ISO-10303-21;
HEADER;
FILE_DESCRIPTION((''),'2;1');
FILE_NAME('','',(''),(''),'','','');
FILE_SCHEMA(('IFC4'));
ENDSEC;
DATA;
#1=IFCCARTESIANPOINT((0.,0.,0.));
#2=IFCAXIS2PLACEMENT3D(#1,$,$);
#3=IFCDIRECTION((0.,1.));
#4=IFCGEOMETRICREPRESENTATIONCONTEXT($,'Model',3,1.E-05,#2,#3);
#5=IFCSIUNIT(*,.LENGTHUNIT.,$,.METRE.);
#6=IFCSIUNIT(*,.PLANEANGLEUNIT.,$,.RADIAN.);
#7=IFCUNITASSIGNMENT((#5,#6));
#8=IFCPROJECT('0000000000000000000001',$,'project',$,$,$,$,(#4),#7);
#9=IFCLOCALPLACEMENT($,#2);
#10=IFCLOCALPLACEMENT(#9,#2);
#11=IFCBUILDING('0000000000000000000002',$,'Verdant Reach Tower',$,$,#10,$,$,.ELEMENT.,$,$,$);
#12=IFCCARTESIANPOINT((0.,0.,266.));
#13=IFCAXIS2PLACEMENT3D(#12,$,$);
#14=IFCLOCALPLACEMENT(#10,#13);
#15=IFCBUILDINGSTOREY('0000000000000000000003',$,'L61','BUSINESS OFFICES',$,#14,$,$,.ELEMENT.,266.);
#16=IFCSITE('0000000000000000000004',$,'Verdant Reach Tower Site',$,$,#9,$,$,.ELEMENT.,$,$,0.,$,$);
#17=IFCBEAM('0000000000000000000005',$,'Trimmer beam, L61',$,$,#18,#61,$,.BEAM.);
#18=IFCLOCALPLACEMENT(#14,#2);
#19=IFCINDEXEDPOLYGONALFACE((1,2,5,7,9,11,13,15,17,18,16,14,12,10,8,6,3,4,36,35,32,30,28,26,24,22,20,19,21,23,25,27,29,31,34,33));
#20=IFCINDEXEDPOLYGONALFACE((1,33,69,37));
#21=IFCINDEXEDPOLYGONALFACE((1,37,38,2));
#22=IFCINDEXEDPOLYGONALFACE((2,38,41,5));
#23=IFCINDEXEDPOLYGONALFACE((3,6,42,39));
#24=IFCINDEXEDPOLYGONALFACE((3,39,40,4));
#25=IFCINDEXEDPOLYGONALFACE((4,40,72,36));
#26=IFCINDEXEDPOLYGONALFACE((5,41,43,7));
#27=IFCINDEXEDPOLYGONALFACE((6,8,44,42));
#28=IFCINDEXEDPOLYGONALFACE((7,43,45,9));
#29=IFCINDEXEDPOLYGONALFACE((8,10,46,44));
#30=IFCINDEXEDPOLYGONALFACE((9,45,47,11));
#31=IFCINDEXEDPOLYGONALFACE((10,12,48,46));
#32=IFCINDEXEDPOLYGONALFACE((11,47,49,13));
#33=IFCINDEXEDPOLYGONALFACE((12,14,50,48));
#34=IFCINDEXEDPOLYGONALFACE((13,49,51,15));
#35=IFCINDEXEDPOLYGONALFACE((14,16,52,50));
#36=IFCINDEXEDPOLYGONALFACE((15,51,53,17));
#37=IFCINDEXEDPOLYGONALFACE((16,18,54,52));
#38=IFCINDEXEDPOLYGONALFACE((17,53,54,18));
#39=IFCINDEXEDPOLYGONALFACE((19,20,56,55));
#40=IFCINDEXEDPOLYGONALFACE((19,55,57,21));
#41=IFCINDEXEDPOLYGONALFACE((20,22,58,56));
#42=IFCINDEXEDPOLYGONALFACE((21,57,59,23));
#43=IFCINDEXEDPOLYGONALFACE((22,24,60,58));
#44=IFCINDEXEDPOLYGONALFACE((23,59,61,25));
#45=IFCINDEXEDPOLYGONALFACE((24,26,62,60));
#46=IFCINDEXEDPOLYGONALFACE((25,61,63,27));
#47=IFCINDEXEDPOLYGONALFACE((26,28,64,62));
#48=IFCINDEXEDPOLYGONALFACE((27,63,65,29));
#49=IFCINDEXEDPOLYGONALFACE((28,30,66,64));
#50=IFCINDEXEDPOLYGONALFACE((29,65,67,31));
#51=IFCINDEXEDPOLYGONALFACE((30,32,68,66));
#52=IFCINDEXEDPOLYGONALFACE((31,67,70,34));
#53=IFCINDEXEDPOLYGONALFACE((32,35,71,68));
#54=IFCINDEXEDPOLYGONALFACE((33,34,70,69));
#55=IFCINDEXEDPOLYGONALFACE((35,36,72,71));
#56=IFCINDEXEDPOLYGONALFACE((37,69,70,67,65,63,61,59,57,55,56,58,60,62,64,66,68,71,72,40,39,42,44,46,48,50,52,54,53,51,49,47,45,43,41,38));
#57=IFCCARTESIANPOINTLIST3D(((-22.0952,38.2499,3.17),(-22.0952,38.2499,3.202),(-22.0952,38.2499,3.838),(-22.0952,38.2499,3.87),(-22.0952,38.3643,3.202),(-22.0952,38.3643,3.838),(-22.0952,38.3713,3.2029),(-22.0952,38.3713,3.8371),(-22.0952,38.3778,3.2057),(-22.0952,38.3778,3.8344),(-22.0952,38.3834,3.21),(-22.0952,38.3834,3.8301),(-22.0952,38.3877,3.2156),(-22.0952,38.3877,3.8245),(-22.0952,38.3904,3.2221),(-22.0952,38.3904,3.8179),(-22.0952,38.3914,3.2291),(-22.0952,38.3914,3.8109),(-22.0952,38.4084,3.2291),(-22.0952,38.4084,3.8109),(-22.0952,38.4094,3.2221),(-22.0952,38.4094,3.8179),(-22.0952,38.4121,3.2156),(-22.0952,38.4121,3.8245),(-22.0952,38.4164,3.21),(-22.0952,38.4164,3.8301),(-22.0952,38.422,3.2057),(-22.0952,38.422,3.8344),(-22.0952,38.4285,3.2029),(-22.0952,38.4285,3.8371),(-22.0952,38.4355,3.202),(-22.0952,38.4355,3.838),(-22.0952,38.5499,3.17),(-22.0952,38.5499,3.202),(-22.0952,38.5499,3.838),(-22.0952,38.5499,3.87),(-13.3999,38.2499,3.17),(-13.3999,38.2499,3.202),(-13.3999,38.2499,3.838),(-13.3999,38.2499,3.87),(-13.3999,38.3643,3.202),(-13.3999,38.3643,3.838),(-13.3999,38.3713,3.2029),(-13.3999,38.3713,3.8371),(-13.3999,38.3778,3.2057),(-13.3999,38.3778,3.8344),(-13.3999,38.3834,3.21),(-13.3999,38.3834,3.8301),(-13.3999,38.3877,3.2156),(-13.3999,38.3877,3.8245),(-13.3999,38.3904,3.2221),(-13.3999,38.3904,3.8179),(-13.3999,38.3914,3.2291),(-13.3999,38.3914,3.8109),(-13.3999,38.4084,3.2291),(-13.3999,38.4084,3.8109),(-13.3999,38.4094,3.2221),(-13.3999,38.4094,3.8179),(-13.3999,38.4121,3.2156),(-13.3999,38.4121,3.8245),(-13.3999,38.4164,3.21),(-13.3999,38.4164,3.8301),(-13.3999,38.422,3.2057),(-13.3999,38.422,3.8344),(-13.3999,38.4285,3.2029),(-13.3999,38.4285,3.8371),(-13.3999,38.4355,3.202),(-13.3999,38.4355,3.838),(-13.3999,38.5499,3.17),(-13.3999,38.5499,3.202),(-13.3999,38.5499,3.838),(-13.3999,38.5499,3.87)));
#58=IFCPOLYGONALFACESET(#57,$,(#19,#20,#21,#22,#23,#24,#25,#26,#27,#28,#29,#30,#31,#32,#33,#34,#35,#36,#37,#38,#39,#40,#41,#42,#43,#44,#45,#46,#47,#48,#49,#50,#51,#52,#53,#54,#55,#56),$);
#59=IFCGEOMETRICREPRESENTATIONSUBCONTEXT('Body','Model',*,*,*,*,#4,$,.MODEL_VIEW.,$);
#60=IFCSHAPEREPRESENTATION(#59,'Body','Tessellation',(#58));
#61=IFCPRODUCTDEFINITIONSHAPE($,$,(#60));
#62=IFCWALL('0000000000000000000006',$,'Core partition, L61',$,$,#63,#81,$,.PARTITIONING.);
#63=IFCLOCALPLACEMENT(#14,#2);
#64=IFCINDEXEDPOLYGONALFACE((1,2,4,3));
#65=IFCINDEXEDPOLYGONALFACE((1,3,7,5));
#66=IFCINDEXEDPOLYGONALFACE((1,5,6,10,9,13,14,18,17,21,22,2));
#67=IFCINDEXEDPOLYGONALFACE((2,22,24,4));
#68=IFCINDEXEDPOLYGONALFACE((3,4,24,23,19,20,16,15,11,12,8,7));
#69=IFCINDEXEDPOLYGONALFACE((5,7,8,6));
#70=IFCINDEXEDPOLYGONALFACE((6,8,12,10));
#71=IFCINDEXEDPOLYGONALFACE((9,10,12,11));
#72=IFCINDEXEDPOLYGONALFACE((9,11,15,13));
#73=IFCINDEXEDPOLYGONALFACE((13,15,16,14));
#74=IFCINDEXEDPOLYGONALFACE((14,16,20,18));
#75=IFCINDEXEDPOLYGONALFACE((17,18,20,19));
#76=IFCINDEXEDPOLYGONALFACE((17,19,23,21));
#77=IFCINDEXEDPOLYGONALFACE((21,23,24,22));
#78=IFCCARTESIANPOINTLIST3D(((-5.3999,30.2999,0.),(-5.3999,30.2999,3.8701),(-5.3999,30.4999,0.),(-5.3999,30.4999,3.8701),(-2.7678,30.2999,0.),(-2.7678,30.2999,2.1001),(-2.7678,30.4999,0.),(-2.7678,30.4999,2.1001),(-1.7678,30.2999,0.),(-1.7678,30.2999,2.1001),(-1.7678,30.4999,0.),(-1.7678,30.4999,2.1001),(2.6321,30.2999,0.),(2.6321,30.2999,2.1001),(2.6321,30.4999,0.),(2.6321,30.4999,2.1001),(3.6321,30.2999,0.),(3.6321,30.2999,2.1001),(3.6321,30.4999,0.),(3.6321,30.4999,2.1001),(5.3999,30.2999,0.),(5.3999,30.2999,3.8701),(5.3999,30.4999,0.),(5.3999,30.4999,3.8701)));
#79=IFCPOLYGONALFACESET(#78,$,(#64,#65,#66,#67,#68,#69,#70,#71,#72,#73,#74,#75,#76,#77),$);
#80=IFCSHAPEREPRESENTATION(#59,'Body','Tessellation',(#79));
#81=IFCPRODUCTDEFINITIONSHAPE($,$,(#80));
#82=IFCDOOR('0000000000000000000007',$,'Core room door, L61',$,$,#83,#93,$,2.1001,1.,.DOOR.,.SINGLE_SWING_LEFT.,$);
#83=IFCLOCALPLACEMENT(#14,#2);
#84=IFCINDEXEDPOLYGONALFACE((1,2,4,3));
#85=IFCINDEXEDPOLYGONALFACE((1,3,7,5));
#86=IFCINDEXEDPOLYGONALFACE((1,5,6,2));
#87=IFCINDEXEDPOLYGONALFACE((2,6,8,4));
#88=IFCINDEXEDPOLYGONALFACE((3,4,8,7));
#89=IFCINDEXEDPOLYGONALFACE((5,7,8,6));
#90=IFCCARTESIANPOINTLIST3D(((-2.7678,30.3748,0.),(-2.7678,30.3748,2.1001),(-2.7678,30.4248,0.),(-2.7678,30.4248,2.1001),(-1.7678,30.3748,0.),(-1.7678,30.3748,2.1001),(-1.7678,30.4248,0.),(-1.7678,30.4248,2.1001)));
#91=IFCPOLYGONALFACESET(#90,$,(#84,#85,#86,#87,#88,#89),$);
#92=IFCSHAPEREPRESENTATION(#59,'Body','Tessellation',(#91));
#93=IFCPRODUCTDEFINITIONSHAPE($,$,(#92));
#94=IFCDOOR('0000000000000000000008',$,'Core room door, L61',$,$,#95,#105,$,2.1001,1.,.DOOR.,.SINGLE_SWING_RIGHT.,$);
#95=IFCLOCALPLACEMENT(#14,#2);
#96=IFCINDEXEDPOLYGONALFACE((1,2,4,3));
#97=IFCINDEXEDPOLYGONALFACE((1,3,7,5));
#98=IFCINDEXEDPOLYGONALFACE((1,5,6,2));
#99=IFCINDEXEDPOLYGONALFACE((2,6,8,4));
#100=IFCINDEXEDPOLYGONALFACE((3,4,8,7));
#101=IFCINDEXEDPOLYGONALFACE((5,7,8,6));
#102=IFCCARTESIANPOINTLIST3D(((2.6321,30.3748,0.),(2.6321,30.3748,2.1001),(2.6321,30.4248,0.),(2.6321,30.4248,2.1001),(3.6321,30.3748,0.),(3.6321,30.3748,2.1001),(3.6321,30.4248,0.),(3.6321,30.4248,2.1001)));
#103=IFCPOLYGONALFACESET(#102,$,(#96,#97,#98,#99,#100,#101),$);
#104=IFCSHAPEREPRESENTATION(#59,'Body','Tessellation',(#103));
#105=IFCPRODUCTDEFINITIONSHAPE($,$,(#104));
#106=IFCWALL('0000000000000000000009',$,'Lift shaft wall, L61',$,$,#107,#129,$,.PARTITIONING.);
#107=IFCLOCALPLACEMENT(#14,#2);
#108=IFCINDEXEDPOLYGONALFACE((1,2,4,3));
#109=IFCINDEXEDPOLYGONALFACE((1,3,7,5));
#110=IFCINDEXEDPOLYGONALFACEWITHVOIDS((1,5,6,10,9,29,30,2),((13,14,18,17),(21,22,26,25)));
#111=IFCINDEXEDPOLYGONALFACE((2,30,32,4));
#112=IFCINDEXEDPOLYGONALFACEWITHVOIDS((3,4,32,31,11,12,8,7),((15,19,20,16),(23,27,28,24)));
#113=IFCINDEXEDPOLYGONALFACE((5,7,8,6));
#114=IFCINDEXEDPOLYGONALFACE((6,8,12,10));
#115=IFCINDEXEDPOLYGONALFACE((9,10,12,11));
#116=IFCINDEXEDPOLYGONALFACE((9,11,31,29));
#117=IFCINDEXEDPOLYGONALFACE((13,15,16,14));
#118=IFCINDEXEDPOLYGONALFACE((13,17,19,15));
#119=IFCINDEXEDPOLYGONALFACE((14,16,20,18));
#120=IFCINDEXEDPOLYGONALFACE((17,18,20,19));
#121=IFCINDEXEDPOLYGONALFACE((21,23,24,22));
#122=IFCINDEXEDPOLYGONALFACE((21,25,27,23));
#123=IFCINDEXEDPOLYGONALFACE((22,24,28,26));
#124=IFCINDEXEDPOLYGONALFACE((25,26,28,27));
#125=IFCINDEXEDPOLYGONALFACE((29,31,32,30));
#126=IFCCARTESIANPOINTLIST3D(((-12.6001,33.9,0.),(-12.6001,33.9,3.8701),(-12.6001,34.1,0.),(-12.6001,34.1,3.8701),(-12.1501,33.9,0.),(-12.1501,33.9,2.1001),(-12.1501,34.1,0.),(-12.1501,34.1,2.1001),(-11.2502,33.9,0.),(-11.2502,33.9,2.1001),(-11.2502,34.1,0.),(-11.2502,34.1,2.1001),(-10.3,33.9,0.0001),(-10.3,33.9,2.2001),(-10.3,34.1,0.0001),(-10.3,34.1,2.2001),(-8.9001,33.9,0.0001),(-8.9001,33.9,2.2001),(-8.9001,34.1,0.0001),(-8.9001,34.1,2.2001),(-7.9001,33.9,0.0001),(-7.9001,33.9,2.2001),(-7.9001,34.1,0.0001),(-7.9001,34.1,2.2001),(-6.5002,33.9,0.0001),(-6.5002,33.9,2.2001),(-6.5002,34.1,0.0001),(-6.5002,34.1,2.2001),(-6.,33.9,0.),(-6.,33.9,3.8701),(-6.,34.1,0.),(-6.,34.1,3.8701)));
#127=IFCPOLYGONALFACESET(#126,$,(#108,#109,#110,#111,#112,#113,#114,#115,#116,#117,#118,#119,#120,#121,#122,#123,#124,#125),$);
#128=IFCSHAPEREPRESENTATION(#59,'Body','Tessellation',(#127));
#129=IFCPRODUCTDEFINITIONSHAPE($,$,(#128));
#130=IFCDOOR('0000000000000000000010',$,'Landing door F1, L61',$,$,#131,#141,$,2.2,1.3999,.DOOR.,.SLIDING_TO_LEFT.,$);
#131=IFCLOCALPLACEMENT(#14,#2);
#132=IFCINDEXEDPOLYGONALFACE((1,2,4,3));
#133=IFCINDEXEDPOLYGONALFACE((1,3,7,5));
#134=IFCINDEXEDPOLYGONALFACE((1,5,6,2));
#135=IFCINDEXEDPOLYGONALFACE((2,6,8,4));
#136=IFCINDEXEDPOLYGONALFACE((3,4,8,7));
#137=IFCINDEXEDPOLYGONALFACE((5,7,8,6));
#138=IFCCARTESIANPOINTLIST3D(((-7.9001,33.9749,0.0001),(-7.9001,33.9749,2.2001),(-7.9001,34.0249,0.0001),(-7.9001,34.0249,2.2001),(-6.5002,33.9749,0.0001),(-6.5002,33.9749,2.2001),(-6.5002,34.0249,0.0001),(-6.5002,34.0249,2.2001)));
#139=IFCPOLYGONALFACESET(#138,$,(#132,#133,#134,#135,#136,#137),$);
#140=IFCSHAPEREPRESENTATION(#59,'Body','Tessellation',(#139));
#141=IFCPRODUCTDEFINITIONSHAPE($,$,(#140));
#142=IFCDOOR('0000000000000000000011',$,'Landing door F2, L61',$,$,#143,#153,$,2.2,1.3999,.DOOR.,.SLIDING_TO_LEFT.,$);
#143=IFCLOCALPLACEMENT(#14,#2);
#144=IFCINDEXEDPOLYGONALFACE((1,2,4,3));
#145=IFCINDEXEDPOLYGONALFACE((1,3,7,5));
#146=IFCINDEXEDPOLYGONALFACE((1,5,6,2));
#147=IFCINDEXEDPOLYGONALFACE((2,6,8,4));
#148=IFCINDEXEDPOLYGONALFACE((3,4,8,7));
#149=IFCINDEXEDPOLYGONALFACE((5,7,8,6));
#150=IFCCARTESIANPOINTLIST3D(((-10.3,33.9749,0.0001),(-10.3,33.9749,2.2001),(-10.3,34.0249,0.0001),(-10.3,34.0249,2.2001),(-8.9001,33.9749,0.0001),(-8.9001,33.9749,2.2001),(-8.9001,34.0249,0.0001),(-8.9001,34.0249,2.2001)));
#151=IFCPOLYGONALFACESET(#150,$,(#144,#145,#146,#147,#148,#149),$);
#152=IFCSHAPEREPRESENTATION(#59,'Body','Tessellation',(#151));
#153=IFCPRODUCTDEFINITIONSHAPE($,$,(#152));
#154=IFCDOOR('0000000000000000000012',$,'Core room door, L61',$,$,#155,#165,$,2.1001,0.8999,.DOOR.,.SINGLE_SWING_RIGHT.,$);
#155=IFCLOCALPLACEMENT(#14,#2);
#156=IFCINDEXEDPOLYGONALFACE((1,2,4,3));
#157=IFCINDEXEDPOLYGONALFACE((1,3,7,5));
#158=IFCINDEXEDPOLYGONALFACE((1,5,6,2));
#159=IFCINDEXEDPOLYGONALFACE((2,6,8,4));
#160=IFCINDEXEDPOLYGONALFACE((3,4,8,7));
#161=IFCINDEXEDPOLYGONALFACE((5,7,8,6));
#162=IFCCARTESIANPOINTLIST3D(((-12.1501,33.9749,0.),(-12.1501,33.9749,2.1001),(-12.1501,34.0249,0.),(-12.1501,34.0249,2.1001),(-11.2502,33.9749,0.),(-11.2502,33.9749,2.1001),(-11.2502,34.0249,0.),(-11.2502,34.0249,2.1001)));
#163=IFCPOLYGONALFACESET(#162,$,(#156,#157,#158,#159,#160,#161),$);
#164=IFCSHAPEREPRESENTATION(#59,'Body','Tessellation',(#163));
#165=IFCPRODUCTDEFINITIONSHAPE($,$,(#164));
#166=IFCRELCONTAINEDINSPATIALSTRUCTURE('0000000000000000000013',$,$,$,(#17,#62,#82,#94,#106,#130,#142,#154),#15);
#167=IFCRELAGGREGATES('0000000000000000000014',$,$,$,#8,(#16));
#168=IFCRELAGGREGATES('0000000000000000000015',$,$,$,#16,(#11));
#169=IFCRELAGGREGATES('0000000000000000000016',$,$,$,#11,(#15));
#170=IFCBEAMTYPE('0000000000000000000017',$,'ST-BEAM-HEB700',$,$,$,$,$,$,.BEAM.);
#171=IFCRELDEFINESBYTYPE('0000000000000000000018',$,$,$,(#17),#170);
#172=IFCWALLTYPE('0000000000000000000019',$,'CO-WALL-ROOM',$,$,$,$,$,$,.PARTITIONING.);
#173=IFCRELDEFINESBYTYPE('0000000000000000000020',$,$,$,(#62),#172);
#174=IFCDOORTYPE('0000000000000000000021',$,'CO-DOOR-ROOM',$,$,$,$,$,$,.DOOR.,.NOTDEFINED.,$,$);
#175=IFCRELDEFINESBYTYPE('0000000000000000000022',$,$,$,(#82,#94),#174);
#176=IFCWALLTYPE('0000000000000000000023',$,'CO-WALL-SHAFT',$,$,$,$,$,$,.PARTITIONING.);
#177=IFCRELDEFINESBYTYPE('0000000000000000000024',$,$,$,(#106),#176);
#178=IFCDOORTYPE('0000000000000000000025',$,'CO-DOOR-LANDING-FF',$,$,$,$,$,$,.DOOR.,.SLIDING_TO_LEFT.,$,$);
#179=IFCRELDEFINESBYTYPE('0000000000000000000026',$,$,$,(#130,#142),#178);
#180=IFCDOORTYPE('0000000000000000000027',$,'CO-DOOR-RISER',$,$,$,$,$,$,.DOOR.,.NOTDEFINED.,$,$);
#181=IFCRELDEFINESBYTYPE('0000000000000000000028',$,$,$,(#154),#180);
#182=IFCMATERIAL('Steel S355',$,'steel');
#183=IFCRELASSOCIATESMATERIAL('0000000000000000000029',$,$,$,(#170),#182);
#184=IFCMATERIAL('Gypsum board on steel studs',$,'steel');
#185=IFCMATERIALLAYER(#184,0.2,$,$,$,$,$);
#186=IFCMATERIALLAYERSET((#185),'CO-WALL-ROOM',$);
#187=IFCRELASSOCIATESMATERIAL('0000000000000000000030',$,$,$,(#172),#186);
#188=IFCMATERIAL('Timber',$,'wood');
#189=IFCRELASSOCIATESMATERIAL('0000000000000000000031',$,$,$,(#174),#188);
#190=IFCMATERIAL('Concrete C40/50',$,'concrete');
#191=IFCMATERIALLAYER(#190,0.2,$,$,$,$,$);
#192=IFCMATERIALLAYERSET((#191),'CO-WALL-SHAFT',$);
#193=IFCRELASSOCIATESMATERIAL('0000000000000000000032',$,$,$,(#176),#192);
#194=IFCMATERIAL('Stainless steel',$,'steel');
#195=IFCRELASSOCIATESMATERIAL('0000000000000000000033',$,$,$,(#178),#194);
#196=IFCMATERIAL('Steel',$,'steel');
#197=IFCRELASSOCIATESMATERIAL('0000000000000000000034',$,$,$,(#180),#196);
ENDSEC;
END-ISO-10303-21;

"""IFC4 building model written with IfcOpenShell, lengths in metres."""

from ifc_helpers import new_model, si_unit, direction, frame, frame_2d, origin, origin_2d, place, context, subcontext, project, spatial, rectangle, i_section, extrude, material, layer, layer_set, material_profile, profile_set, type_object, element, fill, save


model = new_model("IFC4")

# Units and contexts
model_context = context("Model", 3, precision=1e-05, world=origin(), true_north=direction((0.0, 1.0)))
body_context = subcontext(model_context, "Body", "Model", "MODEL_VIEW")
ifc_project = project(units=[si_unit("LENGTHUNIT", "METRE"), si_unit("PLANEANGLEUNIT", "RADIAN")], contexts=[model_context])

# Site, building, storey
site_placement = place(None, origin())
site = spatial("IfcSite", under=ifc_project, at=site_placement, Name="Verdant Reach Tower Site", CompositionType="ELEMENT", RefElevation=0.0)
building_placement = place(site_placement, origin())
building = spatial("IfcBuilding", under=site, at=building_placement, Name="Verdant Reach Tower", CompositionType="ELEMENT")
storey_placement = place(building_placement, frame((0.0, 0.0, 266.0)))
storey = spatial("IfcBuildingStorey", under=building, at=storey_placement, Name="L61", Description="BUSINESS OFFICES", CompositionType="ELEMENT", Elevation=266.0)

# Beam
ifc_material_1 = material(Name="Steel S355", Category="steel")
ifc_material_profile = material_profile(ifc_material_1, i_section(OverallWidth=0.3, OverallDepth=0.7, WebThickness=0.0171, FlangeThickness=0.032, FilletRadius=0.0271, at=origin_2d()), Name="HEB 700")
ifc_profile_set = profile_set([ifc_material_profile], Name="Steel S355")
beam_type = type_object("IfcBeamType", Name="ST-BEAM-HEB700", PredefinedType="BEAM", material=ifc_profile_set)
beam_placement = place(storey_placement, frame((-13.3999, 38.3999, 3.52), z_axis=(-1.0, 0.0, 0.0), x_axis=(0.0, -1.0, 0.0)))
element("IfcBeam", 1, at=beam_placement, inside=storey, type_object=beam_type, Name="Trimmer beam, L61", PredefinedType="BEAM", context=body_context, shape_type="SweptSolid", body=[
    extrude(i_section(OverallWidth=0.3, OverallDepth=0.7, WebThickness=0.0171, FlangeThickness=0.032, FilletRadius=0.0271, at=origin_2d()), origin(), (0.0, 0.0, 1.0), 8.6953),
])

# Walls, openings, doors
ifc_material_2 = material(Name="Gypsum board on steel studs", Category="steel")
ifc_layer_1 = layer(ifc_material_2, 0.2)
ifc_layer_set_1 = layer_set([ifc_layer_1], Name="CO-WALL-ROOM")
wall_type_1 = type_object("IfcWallType", Name="CO-WALL-ROOM", PredefinedType="PARTITIONING", material=ifc_layer_set_1)
wall_1_placement = place(storey_placement, frame((-5.3999, 30.3999, 0.0), z_axis=(0.0, 0.0, 1.0), x_axis=(1.0, 0.0, 0.0)))
wall_1 = element("IfcWall", 2, at=wall_1_placement, inside=storey, type_object=wall_type_1, Name="Core partition, L61", PredefinedType="PARTITIONING", context=body_context, shape_type="SweptSolid", body=[
    extrude(rectangle(XDim=10.7998, YDim=0.2, at=frame_2d((5.3999, 0.0))), origin(), (0.0, 0.0, 1.0), 3.8701),
])
opening_1_placement = place(wall_1_placement, frame((2.6321, 0.0, 0.0)))
opening_1 = element("IfcOpeningElement", 3, at=opening_1_placement, cuts=wall_1, PredefinedType="OPENING", context=body_context, shape_type="SweptSolid", body=[
    extrude(rectangle(XDim=1.0, YDim=2.1001, at=frame_2d((0.5, 1.05))), frame((0.0, 0.1099, 0.0), z_axis=(0.0, -1.0, 0.0), x_axis=(1.0, 0.0, 0.0)), (0.0, 0.0, 1.0), 0.22),
])
opening_2_placement = place(wall_1_placement, frame((8.032, 0.0, 0.0)))
opening_2 = element("IfcOpeningElement", 4, at=opening_2_placement, cuts=wall_1, PredefinedType="OPENING", context=body_context, shape_type="SweptSolid", body=[
    extrude(rectangle(XDim=1.0, YDim=2.1001, at=frame_2d((0.5, 1.05))), frame((0.0, 0.1099, 0.0), z_axis=(0.0, -1.0, 0.0), x_axis=(1.0, 0.0, 0.0)), (0.0, 0.0, 1.0), 0.22),
])
ifc_material_3 = material(Name="Timber", Category="wood")
door_type_1 = type_object("IfcDoorType", Name="CO-DOOR-ROOM", OperationType="NOTDEFINED", PredefinedType="DOOR", material=ifc_material_3)
door_1_placement = place(opening_1_placement, origin())
door_1 = element("IfcDoor", 5, at=door_1_placement, inside=storey, type_object=door_type_1, Name="Core room door, L61", OperationType="SINGLE_SWING_LEFT", OverallHeight=2.1001, OverallWidth=1.0, PredefinedType="DOOR", context=body_context, shape_type="SweptSolid", body=[
    extrude(rectangle(XDim=1.0, YDim=2.1001, at=frame_2d((0.5, 1.05))), frame((0.0, 0.0249, 0.0), z_axis=(0.0, -1.0, 0.0), x_axis=(1.0, 0.0, 0.0)), (0.0, 0.0, 1.0), 0.05),
])
fill(opening_1, door_1)
door_2_placement = place(opening_2_placement, origin())
door_2 = element("IfcDoor", 6, at=door_2_placement, inside=storey, type_object=door_type_1, Name="Core room door, L61", OperationType="SINGLE_SWING_RIGHT", OverallHeight=2.1001, OverallWidth=1.0, PredefinedType="DOOR", context=body_context, shape_type="SweptSolid", body=[
    extrude(rectangle(XDim=1.0, YDim=2.1001, at=frame_2d((0.5, 1.05))), frame((0.0, 0.0249, 0.0), z_axis=(0.0, -1.0, 0.0), x_axis=(1.0, 0.0, 0.0)), (0.0, 0.0, 1.0), 0.05),
])
fill(opening_2, door_2)
ifc_material_4 = material(Name="Concrete C40/50", Category="concrete")
ifc_layer_2 = layer(ifc_material_4, 0.2)
ifc_layer_set_2 = layer_set([ifc_layer_2], Name="CO-WALL-SHAFT")
wall_type_2 = type_object("IfcWallType", Name="CO-WALL-SHAFT", PredefinedType="PARTITIONING", material=ifc_layer_set_2)
wall_2_placement = place(storey_placement, frame((-12.6001, 34.0, 0.0), z_axis=(0.0, 0.0, 1.0), x_axis=(1.0, 0.0, 0.0)))
wall_2 = element("IfcWall", 7, at=wall_2_placement, inside=storey, type_object=wall_type_2, Name="Lift shaft wall, L61", PredefinedType="PARTITIONING", context=body_context, shape_type="SweptSolid", body=[
    extrude(rectangle(XDim=6.6001, YDim=0.2, at=frame_2d((3.3, 0.0))), origin(), (0.0, 0.0, 1.0), 3.8701),
])
opening_3_placement = place(wall_2_placement, frame((4.7, 0.0, 0.0)))
opening_3 = element("IfcOpeningElement", 8, at=opening_3_placement, cuts=wall_2, PredefinedType="OPENING", context=body_context, shape_type="SweptSolid", body=[
    extrude(rectangle(XDim=1.3999, YDim=2.2, at=frame_2d((0.7, 1.1001))), frame((0.0, 0.1099, 0.0), z_axis=(0.0, -1.0, 0.0), x_axis=(1.0, 0.0, 0.0)), (0.0, 0.0, 1.0), 0.22),
])
opening_4_placement = place(wall_2_placement, frame((2.3, 0.0, 0.0)))
opening_4 = element("IfcOpeningElement", 9, at=opening_4_placement, cuts=wall_2, PredefinedType="OPENING", context=body_context, shape_type="SweptSolid", body=[
    extrude(rectangle(XDim=1.3999, YDim=2.2, at=frame_2d((0.7, 1.1001))), frame((0.0, 0.1099, 0.0), z_axis=(0.0, -1.0, 0.0), x_axis=(1.0, 0.0, 0.0)), (0.0, 0.0, 1.0), 0.22),
])
opening_5_placement = place(wall_2_placement, frame((0.45, 0.0, 0.0)))
opening_5 = element("IfcOpeningElement", 10, at=opening_5_placement, cuts=wall_2, PredefinedType="OPENING", context=body_context, shape_type="SweptSolid", body=[
    extrude(rectangle(XDim=0.8999, YDim=2.1001, at=frame_2d((0.45, 1.05))), frame((0.0, 0.1099, 0.0), z_axis=(0.0, -1.0, 0.0), x_axis=(1.0, 0.0, 0.0)), (0.0, 0.0, 1.0), 0.22),
])
ifc_material_5 = material(Name="Stainless steel", Category="steel")
door_type_2 = type_object("IfcDoorType", Name="CO-DOOR-LANDING-FF", OperationType="SLIDING_TO_LEFT", PredefinedType="DOOR", material=ifc_material_5)
door_3_placement = place(opening_3_placement, origin())
door_3 = element("IfcDoor", 11, at=door_3_placement, inside=storey, type_object=door_type_2, Name="Landing door F1, L61", OperationType="SLIDING_TO_LEFT", OverallHeight=2.2, OverallWidth=1.3999, PredefinedType="DOOR", context=body_context, shape_type="SweptSolid", body=[
    extrude(rectangle(XDim=1.3999, YDim=2.2, at=frame_2d((0.7, 1.1001))), frame((0.0, 0.0249, 0.0), z_axis=(0.0, -1.0, 0.0), x_axis=(1.0, 0.0, 0.0)), (0.0, 0.0, 1.0), 0.05),
])
fill(opening_3, door_3)
door_4_placement = place(opening_4_placement, origin())
door_4 = element("IfcDoor", 12, at=door_4_placement, inside=storey, type_object=door_type_2, Name="Landing door F2, L61", OperationType="SLIDING_TO_LEFT", OverallHeight=2.2, OverallWidth=1.3999, PredefinedType="DOOR", context=body_context, shape_type="SweptSolid", body=[
    extrude(rectangle(XDim=1.3999, YDim=2.2, at=frame_2d((0.7, 1.1001))), frame((0.0, 0.0249, 0.0), z_axis=(0.0, -1.0, 0.0), x_axis=(1.0, 0.0, 0.0)), (0.0, 0.0, 1.0), 0.05),
])
fill(opening_4, door_4)
ifc_material_6 = material(Name="Steel", Category="steel")
door_type_3 = type_object("IfcDoorType", Name="CO-DOOR-RISER", OperationType="NOTDEFINED", PredefinedType="DOOR", material=ifc_material_6)
door_5_placement = place(opening_5_placement, origin())
door_5 = element("IfcDoor", 13, at=door_5_placement, inside=storey, type_object=door_type_3, Name="Core room door, L61", OperationType="SINGLE_SWING_RIGHT", OverallHeight=2.1001, OverallWidth=0.8999, PredefinedType="DOOR", context=body_context, shape_type="SweptSolid", body=[
    extrude(rectangle(XDim=0.8999, YDim=2.1001, at=frame_2d((0.45, 1.05))), frame((0.0, 0.0249, 0.0), z_axis=(0.0, -1.0, 0.0), x_axis=(1.0, 0.0, 0.0)), (0.0, 0.0, 1.0), 0.05),
])
fill(opening_5, door_5)

save(model, "model.ifc")
